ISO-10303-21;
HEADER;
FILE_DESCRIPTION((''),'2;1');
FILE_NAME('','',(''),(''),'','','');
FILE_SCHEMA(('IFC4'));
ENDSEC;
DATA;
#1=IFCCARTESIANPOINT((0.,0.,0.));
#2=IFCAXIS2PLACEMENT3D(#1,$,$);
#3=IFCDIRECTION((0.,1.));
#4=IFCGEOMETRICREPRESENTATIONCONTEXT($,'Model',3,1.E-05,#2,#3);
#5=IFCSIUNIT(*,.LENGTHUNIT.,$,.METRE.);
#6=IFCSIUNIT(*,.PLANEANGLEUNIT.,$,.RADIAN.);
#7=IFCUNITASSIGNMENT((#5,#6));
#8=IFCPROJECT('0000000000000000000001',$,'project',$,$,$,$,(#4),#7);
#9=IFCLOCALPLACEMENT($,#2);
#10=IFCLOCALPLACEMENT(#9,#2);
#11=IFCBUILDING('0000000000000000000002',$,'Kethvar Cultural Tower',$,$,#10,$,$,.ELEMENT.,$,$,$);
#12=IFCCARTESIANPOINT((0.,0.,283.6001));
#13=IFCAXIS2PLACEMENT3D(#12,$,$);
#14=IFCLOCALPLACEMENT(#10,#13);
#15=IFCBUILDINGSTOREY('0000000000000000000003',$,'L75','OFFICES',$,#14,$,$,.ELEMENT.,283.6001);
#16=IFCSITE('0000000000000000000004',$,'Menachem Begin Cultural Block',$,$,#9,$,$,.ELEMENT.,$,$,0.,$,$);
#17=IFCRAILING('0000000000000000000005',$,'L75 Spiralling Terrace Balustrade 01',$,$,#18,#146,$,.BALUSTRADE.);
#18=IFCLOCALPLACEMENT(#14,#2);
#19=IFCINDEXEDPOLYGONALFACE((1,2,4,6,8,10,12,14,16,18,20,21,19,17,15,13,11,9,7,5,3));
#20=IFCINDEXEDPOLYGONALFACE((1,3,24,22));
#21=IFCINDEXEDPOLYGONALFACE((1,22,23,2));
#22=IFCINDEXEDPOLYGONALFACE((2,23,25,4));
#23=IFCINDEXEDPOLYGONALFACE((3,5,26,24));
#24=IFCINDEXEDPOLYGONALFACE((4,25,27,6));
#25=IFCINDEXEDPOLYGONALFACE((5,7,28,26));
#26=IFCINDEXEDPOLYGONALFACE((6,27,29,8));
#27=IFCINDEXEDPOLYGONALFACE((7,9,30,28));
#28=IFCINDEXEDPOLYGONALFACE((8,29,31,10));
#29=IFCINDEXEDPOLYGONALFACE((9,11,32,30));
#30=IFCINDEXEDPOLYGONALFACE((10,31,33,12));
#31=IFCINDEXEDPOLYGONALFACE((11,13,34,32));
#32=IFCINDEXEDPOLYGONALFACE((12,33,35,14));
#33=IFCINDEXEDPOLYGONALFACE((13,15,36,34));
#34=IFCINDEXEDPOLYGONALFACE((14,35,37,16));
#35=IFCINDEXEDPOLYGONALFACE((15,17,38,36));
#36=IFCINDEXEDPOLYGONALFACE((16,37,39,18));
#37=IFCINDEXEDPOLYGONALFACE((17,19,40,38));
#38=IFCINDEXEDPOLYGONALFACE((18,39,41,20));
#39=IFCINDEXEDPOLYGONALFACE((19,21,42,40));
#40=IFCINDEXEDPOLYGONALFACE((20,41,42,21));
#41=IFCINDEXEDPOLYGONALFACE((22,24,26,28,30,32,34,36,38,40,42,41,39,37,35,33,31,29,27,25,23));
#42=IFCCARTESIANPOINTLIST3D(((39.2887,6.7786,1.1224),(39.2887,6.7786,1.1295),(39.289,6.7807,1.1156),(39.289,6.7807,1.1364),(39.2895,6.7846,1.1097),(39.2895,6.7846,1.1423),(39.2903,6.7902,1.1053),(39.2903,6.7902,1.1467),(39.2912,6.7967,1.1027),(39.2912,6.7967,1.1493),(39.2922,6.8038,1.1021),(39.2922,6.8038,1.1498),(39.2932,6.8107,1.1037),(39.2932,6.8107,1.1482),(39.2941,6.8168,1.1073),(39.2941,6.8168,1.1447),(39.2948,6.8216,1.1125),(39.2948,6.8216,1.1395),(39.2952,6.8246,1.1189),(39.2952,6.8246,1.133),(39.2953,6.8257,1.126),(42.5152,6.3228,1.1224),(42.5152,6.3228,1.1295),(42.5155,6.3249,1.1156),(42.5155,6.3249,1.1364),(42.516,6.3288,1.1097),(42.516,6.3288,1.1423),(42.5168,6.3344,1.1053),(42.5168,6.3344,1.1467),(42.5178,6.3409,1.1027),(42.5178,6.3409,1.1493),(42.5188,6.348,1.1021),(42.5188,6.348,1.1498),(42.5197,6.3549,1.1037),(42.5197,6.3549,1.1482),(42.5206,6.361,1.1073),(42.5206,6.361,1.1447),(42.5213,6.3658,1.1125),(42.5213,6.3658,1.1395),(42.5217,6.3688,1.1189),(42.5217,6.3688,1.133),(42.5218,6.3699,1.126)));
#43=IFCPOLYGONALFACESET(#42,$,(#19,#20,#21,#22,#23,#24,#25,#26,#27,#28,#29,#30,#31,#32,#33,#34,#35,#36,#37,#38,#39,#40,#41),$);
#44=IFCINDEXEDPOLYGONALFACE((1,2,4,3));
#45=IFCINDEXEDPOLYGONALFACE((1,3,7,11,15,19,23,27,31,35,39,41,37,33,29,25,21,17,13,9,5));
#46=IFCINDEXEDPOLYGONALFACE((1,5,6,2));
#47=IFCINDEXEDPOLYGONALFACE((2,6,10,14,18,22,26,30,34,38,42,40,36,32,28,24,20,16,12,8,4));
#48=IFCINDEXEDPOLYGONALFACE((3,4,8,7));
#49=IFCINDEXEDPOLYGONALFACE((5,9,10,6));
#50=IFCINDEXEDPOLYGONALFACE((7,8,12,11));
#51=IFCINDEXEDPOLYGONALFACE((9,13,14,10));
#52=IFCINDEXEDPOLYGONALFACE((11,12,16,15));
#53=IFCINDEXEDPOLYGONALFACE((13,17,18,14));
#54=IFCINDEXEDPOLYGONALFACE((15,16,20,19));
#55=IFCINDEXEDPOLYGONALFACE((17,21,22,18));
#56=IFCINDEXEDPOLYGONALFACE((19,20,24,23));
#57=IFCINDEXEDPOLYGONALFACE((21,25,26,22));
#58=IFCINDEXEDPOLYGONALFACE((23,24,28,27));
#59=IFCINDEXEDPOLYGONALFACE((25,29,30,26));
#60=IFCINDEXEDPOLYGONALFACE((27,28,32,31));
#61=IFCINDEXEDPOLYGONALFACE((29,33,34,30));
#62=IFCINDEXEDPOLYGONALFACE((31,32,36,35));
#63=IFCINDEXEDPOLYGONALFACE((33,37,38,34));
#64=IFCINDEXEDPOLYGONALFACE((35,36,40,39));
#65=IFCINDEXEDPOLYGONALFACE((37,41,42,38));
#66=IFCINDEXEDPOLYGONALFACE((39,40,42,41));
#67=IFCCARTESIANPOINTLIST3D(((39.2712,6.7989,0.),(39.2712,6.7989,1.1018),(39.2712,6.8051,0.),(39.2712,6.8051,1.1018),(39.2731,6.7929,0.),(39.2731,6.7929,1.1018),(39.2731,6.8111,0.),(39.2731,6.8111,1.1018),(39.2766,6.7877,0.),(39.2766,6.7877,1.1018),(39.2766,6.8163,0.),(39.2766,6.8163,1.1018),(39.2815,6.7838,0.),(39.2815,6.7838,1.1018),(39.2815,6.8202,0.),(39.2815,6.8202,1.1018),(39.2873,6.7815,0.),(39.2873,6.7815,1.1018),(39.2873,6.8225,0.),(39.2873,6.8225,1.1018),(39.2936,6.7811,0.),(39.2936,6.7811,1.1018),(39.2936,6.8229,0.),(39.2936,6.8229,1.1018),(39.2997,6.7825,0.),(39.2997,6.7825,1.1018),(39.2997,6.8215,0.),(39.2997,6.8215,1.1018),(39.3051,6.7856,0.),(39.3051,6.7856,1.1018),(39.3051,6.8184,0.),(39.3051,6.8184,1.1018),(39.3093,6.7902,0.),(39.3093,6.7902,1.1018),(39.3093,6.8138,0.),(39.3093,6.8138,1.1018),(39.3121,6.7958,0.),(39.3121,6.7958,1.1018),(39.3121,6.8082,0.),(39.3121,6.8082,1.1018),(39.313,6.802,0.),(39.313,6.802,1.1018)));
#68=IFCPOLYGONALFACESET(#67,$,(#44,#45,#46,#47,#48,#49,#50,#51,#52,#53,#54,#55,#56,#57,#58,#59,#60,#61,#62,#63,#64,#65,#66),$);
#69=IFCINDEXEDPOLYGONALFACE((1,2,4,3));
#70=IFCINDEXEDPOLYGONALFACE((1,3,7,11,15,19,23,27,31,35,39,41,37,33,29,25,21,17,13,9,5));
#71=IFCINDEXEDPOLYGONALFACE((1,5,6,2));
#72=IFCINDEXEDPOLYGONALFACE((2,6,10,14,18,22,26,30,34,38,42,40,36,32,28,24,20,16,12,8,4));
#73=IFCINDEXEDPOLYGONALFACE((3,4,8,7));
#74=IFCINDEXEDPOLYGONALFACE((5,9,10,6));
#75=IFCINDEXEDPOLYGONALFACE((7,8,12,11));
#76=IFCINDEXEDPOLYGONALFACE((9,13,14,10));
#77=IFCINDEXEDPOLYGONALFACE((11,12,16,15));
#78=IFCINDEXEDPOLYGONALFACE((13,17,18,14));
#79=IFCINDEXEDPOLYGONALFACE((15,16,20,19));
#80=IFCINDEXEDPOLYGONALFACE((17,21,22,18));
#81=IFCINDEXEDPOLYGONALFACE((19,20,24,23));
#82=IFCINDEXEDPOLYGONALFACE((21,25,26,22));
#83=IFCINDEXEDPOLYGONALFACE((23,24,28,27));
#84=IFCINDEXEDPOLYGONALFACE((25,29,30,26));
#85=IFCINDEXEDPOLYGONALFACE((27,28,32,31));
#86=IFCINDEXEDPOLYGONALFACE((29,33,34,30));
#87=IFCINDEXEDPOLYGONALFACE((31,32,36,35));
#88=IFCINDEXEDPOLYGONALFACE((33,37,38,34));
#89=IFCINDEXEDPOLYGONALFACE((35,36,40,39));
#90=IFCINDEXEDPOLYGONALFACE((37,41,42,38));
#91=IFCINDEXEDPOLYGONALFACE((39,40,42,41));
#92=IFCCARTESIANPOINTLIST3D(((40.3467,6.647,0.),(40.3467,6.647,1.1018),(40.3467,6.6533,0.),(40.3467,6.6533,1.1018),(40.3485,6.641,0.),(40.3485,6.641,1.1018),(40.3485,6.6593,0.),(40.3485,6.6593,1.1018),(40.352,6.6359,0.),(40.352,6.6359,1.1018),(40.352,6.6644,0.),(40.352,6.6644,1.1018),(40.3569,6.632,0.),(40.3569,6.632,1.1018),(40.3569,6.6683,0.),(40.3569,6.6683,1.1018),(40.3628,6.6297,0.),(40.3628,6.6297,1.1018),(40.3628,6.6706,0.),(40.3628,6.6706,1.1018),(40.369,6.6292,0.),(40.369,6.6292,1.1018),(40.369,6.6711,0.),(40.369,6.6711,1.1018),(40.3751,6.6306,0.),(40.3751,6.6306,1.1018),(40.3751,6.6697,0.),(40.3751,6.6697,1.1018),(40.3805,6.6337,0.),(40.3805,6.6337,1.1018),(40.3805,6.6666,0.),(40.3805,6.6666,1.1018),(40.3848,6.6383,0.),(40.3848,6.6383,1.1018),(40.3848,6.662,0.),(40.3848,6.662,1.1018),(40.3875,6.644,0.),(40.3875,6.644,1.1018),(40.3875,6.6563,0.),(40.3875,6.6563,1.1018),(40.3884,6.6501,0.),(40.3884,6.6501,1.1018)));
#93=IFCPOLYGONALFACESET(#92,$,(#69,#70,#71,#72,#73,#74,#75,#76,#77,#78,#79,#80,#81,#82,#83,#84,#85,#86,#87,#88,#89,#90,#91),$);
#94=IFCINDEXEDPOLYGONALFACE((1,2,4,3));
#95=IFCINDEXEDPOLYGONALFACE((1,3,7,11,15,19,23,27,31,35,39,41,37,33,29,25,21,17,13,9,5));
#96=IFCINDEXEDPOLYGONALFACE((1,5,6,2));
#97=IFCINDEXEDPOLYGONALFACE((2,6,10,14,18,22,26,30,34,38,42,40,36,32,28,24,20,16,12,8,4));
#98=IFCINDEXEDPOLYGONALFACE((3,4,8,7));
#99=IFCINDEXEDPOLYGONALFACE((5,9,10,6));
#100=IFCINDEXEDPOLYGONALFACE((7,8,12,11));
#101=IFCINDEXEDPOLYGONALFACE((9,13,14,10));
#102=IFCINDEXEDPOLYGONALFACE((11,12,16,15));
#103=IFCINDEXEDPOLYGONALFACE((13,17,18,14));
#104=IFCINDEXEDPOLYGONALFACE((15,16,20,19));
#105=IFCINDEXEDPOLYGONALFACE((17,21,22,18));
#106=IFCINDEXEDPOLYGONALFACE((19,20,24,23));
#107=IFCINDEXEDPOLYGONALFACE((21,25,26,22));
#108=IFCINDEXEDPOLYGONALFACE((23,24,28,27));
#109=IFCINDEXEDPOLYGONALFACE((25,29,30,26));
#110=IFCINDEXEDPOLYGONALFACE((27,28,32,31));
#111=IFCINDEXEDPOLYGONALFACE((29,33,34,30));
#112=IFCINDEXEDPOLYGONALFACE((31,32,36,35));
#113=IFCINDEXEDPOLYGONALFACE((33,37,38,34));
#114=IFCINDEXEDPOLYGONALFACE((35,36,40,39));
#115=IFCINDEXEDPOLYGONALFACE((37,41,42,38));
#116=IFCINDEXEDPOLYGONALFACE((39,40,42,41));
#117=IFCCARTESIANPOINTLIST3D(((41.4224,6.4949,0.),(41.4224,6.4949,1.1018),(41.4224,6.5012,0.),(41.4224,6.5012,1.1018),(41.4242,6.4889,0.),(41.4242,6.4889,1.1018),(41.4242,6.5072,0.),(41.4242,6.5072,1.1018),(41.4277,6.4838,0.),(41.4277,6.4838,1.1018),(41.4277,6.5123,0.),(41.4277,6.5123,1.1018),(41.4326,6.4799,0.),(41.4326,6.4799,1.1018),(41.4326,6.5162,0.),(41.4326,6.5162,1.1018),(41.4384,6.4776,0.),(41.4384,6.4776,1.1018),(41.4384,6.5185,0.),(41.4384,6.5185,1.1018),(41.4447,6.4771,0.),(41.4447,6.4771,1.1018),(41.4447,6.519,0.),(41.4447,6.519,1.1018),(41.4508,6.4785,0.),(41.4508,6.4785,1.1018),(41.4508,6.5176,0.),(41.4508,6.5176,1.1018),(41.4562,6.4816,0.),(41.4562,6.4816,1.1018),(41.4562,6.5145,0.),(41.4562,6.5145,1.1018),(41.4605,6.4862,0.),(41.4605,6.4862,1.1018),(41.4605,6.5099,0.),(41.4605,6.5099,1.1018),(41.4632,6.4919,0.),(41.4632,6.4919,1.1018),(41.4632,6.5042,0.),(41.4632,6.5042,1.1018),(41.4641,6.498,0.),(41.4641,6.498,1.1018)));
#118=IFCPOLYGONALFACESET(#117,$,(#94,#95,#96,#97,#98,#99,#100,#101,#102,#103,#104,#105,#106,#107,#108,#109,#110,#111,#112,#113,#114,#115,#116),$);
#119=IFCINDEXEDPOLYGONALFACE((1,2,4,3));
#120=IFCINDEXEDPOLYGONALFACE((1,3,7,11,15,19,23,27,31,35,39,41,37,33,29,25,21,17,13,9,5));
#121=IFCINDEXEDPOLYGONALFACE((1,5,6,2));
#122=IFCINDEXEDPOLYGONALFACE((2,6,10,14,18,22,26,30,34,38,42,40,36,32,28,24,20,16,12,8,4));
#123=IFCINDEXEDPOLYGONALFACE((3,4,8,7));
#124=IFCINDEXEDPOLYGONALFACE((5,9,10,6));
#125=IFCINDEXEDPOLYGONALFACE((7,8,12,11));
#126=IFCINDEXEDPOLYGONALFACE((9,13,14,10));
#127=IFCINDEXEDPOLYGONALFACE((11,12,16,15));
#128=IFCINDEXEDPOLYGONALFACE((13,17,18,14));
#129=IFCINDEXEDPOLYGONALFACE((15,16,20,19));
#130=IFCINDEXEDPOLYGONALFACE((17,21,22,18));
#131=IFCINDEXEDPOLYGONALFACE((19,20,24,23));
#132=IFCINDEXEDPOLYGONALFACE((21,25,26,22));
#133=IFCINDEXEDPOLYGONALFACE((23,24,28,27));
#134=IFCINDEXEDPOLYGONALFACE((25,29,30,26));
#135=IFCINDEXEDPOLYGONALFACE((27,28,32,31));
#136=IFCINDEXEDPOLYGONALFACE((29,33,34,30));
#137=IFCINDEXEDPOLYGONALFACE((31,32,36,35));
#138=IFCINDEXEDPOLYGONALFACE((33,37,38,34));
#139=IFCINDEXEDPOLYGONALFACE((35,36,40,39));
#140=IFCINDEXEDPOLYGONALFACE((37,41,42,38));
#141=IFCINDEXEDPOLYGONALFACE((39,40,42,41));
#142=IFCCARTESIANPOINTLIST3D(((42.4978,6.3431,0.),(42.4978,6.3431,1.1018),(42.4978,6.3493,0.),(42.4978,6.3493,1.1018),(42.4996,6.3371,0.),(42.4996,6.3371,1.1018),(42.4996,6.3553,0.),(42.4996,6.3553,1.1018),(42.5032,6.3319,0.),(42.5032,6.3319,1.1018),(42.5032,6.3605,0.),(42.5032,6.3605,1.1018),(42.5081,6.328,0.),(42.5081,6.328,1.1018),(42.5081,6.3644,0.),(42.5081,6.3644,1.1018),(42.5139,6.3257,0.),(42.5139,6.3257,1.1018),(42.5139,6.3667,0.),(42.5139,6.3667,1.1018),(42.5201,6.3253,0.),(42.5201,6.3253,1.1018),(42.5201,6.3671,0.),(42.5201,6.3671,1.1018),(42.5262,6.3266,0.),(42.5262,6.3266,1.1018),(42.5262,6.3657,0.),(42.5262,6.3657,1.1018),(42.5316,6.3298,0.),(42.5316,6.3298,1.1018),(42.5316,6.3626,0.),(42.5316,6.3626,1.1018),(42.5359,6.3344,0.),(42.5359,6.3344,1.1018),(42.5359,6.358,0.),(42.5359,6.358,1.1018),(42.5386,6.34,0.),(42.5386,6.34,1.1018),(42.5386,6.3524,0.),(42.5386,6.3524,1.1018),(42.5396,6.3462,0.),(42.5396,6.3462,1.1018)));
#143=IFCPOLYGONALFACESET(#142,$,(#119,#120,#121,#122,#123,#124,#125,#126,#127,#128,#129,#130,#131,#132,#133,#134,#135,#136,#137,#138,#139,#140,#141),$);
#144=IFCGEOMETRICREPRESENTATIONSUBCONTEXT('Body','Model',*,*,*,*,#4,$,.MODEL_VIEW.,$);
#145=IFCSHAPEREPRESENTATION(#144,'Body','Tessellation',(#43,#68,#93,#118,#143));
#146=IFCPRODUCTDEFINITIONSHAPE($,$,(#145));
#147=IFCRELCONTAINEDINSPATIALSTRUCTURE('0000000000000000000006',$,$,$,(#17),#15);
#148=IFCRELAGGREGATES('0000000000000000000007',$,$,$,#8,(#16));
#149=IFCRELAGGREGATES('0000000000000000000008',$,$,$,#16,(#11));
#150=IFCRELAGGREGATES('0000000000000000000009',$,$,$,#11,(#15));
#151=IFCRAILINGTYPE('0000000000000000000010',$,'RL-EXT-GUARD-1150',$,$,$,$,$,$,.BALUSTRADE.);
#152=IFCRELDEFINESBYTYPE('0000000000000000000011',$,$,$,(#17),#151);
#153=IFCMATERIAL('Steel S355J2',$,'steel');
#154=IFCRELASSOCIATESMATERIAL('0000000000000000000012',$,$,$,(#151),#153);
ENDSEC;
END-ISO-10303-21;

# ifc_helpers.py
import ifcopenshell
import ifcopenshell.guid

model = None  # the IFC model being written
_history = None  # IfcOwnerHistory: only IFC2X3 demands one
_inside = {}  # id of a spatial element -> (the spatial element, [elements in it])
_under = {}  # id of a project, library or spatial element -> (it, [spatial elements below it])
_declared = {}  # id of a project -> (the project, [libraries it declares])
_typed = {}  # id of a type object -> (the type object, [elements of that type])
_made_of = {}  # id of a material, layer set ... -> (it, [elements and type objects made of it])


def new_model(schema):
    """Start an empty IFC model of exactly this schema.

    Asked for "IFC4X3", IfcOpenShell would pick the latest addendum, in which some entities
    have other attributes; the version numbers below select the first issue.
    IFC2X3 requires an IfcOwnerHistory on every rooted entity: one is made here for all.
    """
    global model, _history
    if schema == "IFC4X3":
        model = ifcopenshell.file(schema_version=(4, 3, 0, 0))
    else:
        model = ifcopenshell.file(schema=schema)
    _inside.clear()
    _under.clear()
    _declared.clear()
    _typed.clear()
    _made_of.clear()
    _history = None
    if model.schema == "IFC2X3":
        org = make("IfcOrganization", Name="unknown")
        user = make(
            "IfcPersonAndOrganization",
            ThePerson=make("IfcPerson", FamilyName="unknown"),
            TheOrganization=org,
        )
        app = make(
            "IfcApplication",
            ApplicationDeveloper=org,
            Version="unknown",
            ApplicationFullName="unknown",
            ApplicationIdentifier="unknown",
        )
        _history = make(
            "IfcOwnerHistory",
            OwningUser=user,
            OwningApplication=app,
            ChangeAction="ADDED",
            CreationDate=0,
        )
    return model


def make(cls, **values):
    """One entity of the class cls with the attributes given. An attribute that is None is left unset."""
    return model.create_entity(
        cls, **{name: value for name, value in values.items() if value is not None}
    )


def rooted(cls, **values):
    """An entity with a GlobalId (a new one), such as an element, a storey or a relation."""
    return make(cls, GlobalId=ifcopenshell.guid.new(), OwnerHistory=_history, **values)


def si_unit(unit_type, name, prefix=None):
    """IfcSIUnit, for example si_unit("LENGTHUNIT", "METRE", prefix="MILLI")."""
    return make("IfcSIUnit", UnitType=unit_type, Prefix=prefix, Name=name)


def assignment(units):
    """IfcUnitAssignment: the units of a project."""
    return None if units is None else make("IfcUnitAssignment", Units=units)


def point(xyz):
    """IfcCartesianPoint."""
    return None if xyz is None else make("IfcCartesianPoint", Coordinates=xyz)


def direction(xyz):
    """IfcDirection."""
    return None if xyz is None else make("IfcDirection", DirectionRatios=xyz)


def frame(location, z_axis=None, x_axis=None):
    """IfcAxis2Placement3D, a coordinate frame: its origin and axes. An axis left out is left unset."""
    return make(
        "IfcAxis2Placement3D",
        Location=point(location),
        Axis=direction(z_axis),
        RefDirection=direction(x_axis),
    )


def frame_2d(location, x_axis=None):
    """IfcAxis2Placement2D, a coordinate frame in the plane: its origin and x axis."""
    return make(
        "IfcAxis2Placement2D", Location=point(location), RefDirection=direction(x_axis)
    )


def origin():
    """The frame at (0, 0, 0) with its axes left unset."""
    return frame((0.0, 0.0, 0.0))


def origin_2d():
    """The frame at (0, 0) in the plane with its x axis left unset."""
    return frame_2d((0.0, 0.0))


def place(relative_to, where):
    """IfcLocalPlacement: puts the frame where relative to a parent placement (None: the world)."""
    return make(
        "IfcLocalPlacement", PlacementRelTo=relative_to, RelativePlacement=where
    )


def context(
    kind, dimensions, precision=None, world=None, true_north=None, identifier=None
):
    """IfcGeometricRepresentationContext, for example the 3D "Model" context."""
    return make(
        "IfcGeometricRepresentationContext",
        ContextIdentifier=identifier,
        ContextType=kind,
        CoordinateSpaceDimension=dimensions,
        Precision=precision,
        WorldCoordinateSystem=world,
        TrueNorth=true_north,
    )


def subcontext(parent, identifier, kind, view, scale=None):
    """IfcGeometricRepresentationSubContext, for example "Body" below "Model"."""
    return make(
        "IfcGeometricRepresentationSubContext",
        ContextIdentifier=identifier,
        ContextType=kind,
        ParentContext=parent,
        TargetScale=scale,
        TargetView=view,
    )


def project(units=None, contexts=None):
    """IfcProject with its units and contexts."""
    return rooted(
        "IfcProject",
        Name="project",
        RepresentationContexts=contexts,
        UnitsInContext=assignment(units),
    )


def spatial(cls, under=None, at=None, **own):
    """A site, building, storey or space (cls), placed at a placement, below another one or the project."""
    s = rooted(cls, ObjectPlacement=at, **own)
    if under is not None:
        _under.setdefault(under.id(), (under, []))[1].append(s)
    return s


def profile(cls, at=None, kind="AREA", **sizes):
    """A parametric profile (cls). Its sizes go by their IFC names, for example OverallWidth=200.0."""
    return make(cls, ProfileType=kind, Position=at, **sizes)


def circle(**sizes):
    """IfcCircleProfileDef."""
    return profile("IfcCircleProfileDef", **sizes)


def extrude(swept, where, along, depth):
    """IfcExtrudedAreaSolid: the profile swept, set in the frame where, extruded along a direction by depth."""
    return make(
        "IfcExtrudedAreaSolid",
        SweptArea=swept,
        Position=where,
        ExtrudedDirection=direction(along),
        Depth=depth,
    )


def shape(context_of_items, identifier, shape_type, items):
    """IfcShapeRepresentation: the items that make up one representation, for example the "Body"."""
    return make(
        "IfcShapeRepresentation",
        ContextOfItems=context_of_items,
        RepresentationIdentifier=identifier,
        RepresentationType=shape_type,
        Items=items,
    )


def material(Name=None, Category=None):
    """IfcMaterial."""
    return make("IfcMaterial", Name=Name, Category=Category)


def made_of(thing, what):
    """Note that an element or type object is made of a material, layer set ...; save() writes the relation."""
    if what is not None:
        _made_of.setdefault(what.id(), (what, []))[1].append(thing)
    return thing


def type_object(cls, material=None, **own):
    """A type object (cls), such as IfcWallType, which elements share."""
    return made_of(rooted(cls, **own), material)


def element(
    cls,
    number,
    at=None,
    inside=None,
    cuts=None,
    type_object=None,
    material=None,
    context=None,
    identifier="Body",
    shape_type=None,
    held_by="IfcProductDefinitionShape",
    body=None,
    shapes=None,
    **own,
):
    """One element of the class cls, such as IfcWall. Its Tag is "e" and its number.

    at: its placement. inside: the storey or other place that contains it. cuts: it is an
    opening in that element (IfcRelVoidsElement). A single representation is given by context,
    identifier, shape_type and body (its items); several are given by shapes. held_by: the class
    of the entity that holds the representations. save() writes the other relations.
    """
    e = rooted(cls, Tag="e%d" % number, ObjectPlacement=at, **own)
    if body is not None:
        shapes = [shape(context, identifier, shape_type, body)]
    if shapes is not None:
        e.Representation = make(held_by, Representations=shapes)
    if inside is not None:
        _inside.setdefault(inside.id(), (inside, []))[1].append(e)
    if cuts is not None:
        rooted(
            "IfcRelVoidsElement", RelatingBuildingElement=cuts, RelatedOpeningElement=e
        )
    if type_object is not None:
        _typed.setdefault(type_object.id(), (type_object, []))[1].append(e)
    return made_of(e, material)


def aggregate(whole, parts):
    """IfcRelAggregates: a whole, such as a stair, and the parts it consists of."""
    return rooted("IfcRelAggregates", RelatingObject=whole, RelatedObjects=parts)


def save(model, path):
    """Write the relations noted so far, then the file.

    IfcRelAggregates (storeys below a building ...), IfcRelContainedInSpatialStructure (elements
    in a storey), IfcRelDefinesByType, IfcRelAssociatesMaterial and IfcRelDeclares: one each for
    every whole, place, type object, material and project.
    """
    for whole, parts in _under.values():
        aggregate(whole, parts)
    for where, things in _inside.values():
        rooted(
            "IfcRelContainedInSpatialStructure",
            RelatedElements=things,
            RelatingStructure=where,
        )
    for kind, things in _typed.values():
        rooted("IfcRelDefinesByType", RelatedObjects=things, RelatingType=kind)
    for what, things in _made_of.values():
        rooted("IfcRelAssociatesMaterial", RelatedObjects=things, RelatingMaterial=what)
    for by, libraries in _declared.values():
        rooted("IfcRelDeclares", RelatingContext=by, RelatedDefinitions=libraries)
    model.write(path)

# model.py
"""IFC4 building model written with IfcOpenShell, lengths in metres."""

from ifc_helpers import new_model, si_unit, direction, frame, origin, origin_2d, place, context, subcontext, project, spatial, circle, extrude, material, type_object, element, save


model = new_model("IFC4")

# Units and contexts
model_context = context("Model", 3, precision=1e-05, world=origin(), true_north=direction((0.0, 1.0)))
body_context = subcontext(model_context, "Body", "Model", "MODEL_VIEW")
ifc_project = project(units=[si_unit("LENGTHUNIT", "METRE"), si_unit("PLANEANGLEUNIT", "RADIAN")], contexts=[model_context])

# Site, building, storey
site_placement = place(None, origin())
site = spatial("IfcSite", under=ifc_project, at=site_placement, Name="Menachem Begin Cultural Block", CompositionType="ELEMENT", RefElevation=0.0)
building_placement = place(site_placement, origin())
building = spatial("IfcBuilding", under=site, at=building_placement, Name="Kethvar Cultural Tower", CompositionType="ELEMENT")
storey_placement = place(building_placement, frame((0.0, 0.0, 283.6001)))
storey = spatial("IfcBuildingStorey", under=building, at=storey_placement, Name="L75", Description="OFFICES", CompositionType="ELEMENT", Elevation=283.6001)

# Shared definitions
ifc_material_1 = material(Name="Steel S355J2", Category="steel")

# Railing
railing_type = type_object("IfcRailingType", Name="RL-EXT-GUARD-1150", PredefinedType="BALUSTRADE", material=ifc_material_1)
railing_1_placement = place(storey_placement, frame((39.292, 6.802, 0.0)))
element("IfcRailing", 1, at=railing_1_placement, inside=storey, type_object=railing_type, Name="L75 Spiralling Terrace Balustrade 01", PredefinedType="BALUSTRADE", context=body_context, shape_type="SweptSolid", body=[
    extrude(circle(Radius=0.0239, at=origin_2d()), frame((0.0, 0.0, 1.126), z_axis=(0.990169, -0.139879, 0.0), x_axis=(0.139879, 0.990169, 0.0)), (0.0, 0.0, 1.0), 3.2585),
    extrude(circle(Radius=0.021, at=origin_2d()), origin(), (0.0, 0.0, 1.0), 1.1018),
    extrude(circle(Radius=0.021, at=origin_2d()), frame((1.0754, -0.1519, 0.0)), (0.0, 0.0, 1.0), 1.1018),
    extrude(circle(Radius=0.021, at=origin_2d()), frame((2.1511, -0.304, 0.0)), (0.0, 0.0, 1.0), 1.1018),
    extrude(circle(Radius=0.021, at=origin_2d()), frame((3.2266, -0.4558, 0.0)), (0.0, 0.0, 1.0), 1.1018),
])

save(model, "model.ifc")
